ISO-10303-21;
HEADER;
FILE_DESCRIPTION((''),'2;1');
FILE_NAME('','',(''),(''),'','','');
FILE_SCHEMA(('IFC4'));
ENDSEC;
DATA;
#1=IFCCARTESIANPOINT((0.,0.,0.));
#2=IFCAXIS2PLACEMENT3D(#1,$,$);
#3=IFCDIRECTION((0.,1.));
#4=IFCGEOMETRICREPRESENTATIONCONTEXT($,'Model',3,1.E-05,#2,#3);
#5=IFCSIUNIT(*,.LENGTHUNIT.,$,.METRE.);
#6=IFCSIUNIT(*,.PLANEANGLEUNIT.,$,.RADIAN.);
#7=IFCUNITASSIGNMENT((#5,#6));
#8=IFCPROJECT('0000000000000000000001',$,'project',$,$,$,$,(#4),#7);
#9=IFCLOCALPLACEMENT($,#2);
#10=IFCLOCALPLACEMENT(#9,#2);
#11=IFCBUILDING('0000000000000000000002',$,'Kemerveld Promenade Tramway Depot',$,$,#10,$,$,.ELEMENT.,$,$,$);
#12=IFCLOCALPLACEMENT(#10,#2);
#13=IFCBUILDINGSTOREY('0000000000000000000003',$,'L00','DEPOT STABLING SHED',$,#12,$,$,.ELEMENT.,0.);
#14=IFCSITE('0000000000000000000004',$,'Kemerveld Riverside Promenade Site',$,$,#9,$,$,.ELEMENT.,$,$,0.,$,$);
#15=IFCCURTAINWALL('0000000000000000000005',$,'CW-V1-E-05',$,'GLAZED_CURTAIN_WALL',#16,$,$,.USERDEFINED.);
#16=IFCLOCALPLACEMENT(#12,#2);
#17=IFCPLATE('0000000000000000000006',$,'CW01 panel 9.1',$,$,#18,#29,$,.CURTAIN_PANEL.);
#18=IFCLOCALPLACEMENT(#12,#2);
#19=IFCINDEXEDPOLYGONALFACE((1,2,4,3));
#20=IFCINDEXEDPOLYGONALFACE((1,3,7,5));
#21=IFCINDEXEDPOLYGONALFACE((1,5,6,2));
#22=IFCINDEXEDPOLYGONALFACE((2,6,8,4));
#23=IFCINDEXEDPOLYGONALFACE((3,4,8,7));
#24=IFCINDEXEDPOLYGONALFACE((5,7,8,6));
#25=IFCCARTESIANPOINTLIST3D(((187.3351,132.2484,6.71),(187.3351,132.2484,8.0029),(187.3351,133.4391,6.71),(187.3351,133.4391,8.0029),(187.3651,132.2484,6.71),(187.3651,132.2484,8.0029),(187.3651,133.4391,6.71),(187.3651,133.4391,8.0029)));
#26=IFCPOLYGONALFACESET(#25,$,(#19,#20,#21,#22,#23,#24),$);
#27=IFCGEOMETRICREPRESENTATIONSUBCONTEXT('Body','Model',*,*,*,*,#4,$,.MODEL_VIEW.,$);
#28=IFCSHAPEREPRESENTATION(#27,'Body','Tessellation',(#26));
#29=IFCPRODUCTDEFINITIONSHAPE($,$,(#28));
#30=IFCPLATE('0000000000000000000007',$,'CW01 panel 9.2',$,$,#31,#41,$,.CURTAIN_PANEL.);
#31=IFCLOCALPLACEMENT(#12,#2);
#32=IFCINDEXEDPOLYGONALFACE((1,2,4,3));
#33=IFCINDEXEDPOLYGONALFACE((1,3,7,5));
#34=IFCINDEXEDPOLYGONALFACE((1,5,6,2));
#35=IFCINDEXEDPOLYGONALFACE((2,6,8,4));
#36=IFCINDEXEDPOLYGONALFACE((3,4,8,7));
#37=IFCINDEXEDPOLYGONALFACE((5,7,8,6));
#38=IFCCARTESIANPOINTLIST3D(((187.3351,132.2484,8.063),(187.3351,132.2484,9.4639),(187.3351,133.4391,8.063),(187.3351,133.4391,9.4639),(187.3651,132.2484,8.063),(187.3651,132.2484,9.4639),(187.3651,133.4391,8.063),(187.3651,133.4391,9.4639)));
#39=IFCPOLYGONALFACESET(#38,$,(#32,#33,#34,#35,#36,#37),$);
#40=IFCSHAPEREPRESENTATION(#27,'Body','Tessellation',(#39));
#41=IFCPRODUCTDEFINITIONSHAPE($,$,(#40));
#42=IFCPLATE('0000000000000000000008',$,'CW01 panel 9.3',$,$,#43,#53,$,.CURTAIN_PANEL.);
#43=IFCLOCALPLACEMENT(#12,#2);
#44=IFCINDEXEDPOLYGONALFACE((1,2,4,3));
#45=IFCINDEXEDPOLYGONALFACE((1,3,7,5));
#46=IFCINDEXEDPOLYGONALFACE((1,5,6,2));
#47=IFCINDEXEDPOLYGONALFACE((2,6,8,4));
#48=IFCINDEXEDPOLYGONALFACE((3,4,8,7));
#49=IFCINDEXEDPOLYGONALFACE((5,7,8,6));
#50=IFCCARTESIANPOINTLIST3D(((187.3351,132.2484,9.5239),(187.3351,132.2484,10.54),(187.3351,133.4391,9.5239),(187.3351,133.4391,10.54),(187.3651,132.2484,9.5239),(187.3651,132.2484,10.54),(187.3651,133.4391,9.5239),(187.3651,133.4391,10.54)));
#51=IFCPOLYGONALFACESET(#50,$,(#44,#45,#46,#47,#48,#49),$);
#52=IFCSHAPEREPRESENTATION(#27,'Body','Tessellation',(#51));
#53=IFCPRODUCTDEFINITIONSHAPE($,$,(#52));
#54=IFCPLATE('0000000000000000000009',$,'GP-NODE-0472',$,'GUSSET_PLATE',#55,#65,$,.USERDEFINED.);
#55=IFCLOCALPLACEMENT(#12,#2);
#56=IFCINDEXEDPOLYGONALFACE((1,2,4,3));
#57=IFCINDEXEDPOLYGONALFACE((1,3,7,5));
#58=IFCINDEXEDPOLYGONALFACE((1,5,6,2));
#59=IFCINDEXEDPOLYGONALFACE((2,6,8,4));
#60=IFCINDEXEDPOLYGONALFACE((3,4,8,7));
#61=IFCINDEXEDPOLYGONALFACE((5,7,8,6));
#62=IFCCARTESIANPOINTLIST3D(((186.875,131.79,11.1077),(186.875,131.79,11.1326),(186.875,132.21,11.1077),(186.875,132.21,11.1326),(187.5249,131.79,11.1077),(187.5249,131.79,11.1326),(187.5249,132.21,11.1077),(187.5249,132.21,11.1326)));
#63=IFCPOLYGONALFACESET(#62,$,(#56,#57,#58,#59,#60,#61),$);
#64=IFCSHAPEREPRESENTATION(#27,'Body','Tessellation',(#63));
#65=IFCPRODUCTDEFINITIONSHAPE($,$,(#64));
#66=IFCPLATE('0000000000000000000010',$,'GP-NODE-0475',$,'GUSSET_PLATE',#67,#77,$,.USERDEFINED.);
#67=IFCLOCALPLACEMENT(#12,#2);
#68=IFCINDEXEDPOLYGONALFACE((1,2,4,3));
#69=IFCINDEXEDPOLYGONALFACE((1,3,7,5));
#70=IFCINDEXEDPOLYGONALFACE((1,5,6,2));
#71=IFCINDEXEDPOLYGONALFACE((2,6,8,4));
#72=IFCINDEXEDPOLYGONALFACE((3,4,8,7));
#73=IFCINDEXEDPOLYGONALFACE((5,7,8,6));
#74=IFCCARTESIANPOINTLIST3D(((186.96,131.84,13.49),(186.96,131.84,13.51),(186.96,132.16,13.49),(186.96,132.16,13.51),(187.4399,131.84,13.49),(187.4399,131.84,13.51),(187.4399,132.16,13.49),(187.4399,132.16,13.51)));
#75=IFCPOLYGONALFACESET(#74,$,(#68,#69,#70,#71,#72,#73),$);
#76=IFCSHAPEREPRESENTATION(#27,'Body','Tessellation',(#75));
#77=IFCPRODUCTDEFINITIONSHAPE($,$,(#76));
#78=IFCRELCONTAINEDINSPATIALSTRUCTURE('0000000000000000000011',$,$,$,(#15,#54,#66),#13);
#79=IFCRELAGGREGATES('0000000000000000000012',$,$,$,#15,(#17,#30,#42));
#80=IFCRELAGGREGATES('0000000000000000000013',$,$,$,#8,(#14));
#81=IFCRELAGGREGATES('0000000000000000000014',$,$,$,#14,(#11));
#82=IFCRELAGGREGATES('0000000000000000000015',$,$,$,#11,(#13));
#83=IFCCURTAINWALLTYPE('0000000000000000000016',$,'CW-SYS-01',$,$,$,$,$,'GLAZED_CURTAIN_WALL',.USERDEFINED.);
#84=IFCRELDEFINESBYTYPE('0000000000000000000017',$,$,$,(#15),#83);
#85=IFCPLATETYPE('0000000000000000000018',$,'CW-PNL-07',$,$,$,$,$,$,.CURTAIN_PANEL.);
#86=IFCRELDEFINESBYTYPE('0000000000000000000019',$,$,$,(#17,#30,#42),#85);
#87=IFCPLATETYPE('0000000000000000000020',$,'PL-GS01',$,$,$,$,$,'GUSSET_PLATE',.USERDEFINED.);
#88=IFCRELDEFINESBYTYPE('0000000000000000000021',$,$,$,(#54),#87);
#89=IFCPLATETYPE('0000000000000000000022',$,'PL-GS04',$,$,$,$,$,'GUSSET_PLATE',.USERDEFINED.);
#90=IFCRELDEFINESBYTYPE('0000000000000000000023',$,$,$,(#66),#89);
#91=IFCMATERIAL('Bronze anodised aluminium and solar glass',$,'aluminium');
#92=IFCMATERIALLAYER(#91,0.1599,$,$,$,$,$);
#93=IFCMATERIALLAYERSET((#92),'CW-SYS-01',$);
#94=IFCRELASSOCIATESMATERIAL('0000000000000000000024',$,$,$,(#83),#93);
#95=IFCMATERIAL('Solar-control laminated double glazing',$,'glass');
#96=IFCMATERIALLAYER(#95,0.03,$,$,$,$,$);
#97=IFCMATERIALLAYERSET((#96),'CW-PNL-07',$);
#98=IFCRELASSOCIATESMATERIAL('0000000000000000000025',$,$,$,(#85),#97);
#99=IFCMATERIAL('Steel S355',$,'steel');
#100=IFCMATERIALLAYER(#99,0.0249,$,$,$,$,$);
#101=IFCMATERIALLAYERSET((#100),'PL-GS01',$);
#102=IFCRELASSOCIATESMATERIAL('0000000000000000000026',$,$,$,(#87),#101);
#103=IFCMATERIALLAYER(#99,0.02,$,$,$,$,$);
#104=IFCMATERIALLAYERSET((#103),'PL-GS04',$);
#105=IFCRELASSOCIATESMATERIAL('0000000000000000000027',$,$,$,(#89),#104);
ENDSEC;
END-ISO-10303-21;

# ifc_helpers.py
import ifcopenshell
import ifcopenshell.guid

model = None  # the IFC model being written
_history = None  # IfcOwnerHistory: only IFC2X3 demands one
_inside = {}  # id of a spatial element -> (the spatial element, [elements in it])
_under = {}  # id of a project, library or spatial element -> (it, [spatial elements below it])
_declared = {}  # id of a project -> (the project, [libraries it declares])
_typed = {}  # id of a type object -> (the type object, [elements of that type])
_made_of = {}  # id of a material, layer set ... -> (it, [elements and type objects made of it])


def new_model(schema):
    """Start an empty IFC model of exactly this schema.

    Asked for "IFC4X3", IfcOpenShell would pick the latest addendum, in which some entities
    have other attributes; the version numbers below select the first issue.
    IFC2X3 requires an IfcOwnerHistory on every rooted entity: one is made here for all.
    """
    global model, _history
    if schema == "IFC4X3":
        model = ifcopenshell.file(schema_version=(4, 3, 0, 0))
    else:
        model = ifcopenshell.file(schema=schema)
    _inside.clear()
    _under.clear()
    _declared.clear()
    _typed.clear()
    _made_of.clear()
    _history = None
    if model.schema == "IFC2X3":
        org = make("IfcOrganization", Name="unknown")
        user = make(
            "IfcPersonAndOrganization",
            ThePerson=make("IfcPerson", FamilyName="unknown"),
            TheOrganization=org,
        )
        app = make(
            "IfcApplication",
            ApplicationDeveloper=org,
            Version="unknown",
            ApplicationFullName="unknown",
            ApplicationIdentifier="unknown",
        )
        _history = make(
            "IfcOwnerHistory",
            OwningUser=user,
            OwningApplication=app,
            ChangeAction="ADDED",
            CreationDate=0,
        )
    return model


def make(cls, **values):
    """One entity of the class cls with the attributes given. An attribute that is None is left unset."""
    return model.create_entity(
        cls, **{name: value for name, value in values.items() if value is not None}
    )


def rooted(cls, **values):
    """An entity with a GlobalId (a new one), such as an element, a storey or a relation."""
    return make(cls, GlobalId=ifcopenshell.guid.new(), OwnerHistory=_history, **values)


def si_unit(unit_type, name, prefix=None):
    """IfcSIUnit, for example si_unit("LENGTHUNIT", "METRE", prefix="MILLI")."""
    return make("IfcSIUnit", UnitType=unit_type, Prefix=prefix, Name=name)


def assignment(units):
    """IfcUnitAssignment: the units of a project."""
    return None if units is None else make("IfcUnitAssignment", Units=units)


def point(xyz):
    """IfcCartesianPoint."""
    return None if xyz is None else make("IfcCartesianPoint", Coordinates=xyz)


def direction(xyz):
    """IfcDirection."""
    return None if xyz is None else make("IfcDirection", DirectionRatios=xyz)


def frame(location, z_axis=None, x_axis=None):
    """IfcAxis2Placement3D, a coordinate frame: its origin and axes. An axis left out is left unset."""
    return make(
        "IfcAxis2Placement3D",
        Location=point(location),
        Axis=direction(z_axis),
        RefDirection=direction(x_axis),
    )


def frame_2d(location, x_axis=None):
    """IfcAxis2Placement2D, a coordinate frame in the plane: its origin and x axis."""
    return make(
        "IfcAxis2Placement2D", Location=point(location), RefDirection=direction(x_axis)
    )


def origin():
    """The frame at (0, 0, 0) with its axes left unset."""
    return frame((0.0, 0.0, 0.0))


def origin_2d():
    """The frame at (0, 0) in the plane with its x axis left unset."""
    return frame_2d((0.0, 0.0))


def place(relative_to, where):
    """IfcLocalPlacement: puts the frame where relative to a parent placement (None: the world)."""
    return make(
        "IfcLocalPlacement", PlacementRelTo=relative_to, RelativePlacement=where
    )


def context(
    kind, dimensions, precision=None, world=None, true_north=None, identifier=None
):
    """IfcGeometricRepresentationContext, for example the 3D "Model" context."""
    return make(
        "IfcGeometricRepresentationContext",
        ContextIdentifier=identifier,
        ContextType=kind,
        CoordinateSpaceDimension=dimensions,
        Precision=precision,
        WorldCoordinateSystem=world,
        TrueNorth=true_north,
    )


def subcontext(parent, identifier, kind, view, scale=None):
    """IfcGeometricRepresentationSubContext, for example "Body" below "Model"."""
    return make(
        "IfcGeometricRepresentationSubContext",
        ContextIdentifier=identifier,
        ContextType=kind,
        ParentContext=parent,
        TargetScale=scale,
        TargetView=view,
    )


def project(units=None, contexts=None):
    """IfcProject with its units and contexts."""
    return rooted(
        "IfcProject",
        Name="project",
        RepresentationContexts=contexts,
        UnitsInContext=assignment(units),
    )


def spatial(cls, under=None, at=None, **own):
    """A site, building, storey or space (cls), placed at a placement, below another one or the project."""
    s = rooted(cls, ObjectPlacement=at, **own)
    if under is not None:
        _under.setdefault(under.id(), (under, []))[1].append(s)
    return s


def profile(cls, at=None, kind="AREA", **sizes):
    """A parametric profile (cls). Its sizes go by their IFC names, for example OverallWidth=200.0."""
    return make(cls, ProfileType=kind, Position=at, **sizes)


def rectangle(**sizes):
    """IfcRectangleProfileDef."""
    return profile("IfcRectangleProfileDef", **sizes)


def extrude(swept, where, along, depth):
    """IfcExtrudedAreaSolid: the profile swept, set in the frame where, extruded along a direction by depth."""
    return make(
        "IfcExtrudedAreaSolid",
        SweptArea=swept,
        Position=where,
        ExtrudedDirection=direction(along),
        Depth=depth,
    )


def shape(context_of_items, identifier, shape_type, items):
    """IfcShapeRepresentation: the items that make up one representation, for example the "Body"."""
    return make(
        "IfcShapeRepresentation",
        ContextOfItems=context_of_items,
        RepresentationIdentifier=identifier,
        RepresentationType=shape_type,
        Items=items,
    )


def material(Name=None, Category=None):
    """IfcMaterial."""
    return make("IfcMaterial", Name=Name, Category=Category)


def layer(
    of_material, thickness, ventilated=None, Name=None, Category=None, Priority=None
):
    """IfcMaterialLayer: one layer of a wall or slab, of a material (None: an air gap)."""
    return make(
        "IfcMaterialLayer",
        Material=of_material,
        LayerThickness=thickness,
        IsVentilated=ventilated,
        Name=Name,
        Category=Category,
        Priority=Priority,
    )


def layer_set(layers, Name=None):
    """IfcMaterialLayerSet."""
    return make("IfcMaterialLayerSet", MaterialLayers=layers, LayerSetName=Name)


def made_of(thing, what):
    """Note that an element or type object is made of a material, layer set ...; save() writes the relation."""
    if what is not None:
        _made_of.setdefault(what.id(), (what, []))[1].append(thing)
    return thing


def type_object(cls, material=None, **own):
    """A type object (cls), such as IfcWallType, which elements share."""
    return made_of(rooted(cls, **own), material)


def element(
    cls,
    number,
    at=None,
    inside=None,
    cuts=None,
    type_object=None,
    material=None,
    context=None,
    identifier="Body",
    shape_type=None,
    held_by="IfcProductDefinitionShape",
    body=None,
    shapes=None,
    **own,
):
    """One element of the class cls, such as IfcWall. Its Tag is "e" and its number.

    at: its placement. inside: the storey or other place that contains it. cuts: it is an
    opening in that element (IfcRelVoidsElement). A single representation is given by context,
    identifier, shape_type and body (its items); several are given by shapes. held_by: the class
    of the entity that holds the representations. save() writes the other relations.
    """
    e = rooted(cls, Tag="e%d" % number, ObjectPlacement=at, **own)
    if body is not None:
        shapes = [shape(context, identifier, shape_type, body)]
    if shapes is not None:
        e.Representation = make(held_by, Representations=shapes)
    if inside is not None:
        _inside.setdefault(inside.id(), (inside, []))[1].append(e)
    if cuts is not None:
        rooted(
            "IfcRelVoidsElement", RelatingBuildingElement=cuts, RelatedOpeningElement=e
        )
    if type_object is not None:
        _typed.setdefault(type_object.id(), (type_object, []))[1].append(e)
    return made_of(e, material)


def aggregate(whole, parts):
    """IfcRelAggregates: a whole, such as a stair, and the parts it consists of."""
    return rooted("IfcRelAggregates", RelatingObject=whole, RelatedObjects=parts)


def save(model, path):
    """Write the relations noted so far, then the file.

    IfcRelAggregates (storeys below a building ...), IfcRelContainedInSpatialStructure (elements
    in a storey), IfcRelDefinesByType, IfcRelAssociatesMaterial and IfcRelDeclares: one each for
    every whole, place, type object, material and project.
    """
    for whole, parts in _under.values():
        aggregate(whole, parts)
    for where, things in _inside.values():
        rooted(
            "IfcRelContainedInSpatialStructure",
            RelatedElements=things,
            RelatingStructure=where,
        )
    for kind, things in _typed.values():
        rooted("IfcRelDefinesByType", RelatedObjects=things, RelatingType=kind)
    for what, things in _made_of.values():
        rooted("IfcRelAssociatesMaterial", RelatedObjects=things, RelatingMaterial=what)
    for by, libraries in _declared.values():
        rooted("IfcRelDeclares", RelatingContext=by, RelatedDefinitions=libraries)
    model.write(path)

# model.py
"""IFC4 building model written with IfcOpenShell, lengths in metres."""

from ifc_helpers import new_model, si_unit, direction, frame, origin, origin_2d, place, context, subcontext, project, spatial, rectangle, extrude, material, layer, layer_set, type_object, element, aggregate, save


model = new_model("IFC4")

# Units and contexts
model_context = context("Model", 3, precision=1e-05, world=origin(), true_north=direction((0.0, 1.0)))
body_context = subcontext(model_context, "Body", "Model", "MODEL_VIEW")
ifc_project = project(units=[si_unit("LENGTHUNIT", "METRE"), si_unit("PLANEANGLEUNIT", "RADIAN")], contexts=[model_context])

# Site, building, storey
site_placement = place(None, origin())
site = spatial("IfcSite", under=ifc_project, at=site_placement, Name="Kemerveld Riverside Promenade Site", CompositionType="ELEMENT", RefElevation=0.0)
building_placement = place(site_placement, origin())
building = spatial("IfcBuilding", under=site, at=building_placement, Name="Kemerveld Promenade Tramway Depot", CompositionType="ELEMENT")
storey_placement = place(building_placement, origin())
storey = spatial("IfcBuildingStorey", under=building, at=storey_placement, Name="L00", Description="DEPOT STABLING SHED", CompositionType="ELEMENT", Elevation=0.0)

# Curtain wall, plates
ifc_material_1 = material(Name="Bronze anodised aluminium and solar glass", Category="aluminium")
ifc_layer_1 = layer(ifc_material_1, 0.1599)
ifc_layer_set_1 = layer_set([ifc_layer_1], Name="CW-SYS-01")
curtain_wall_type = type_object("IfcCurtainWallType", Name="CW-SYS-01", ElementType="GLAZED_CURTAIN_WALL", PredefinedType="USERDEFINED", material=ifc_layer_set_1)
curtain_wall_placement = place(storey_placement, origin())
curtain_wall = element("IfcCurtainWall", 1, at=curtain_wall_placement, inside=storey, type_object=curtain_wall_type, Name="CW-V1-E-05", ObjectType="GLAZED_CURTAIN_WALL", PredefinedType="USERDEFINED")
ifc_material_2 = material(Name="Solar-control laminated double glazing", Category="glass")
ifc_layer_2 = layer(ifc_material_2, 0.03)
ifc_layer_set_2 = layer_set([ifc_layer_2], Name="CW-PNL-07")
plate_type_1 = type_object("IfcPlateType", Name="CW-PNL-07", PredefinedType="CURTAIN_PANEL", material=ifc_layer_set_2)
plate_1_placement = place(storey_placement, frame((187.3501, 132.8438, 6.71), z_axis=(0.0, 0.0, 1.0), x_axis=(0.0, -1.0, 0.0)))
plate_1 = element("IfcPlate", 2, at=plate_1_placement, type_object=plate_type_1, Name="CW01 panel 9.1", PredefinedType="CURTAIN_PANEL", context=body_context, shape_type="SweptSolid", body=[
    extrude(rectangle(XDim=1.1907, YDim=0.03, at=origin_2d()), origin(), (0.0, 0.0, 1.0), 1.293),
])
plate_2_placement = place(storey_placement, frame((187.3501, 132.8438, 8.063), z_axis=(0.0, 0.0, 1.0), x_axis=(0.0, -1.0, 0.0)))
plate_2 = element("IfcPlate", 3, at=plate_2_placement, type_object=plate_type_1, Name="CW01 panel 9.2", PredefinedType="CURTAIN_PANEL", context=body_context, shape_type="SweptSolid", body=[
    extrude(rectangle(XDim=1.1907, YDim=0.03, at=origin_2d()), origin(), (0.0, 0.0, 1.0), 1.4009),
])
plate_3_placement = place(storey_placement, frame((187.3501, 132.8438, 9.5239), z_axis=(0.0, 0.0, 1.0), x_axis=(0.0, -1.0, 0.0)))
plate_3 = element("IfcPlate", 4, at=plate_3_placement, type_object=plate_type_1, Name="CW01 panel 9.3", PredefinedType="CURTAIN_PANEL", context=body_context, shape_type="SweptSolid", body=[
    extrude(rectangle(XDim=1.1907, YDim=0.03, at=origin_2d()), origin(), (0.0, 0.0, 1.0), 1.0161),
])
aggregate(curtain_wall, [plate_1, plate_2, plate_3])

# Plates
ifc_material_3 = material(Name="Steel S355", Category="steel")
ifc_layer_3 = layer(ifc_material_3, 0.0249)
ifc_layer_set_3 = layer_set([ifc_layer_3], Name="PL-GS01")
plate_type_2 = type_object("IfcPlateType", Name="PL-GS01", ElementType="GUSSET_PLATE", PredefinedType="USERDEFINED", material=ifc_layer_set_3)
plate_4_placement = place(storey_placement, frame((187.2, 132.0, 11.1077), z_axis=(0.0, 0.0, 1.0), x_axis=(1.0, 0.0, 0.0)))
element("IfcPlate", 5, at=plate_4_placement, inside=storey, type_object=plate_type_2, Name="GP-NODE-0472", ObjectType="GUSSET_PLATE", PredefinedType="USERDEFINED", context=body_context, shape_type="SweptSolid", body=[
    extrude(rectangle(XDim=0.6499, YDim=0.4199, at=origin_2d()), origin(), (0.0, 0.0, 1.0), 0.0249),
])
ifc_layer_4 = layer(ifc_material_3, 0.02)
ifc_layer_set_4 = layer_set([ifc_layer_4], Name="PL-GS04")
plate_type_3 = type_object("IfcPlateType", Name="PL-GS04", ElementType="GUSSET_PLATE", PredefinedType="USERDEFINED", material=ifc_layer_set_4)
plate_5_placement = place(storey_placement, frame((187.2, 132.0, 13.49), z_axis=(0.0, 0.0, 1.0), x_axis=(1.0, 0.0, 0.0)))
element("IfcPlate", 6, at=plate_5_placement, inside=storey, type_object=plate_type_3, Name="GP-NODE-0475", ObjectType="GUSSET_PLATE", PredefinedType="USERDEFINED", context=body_context, shape_type="SweptSolid", body=[
    extrude(rectangle(XDim=0.48, YDim=0.3201, at=origin_2d()), origin(), (0.0, 0.0, 1.0), 0.02),
])

save(model, "model.ifc")
